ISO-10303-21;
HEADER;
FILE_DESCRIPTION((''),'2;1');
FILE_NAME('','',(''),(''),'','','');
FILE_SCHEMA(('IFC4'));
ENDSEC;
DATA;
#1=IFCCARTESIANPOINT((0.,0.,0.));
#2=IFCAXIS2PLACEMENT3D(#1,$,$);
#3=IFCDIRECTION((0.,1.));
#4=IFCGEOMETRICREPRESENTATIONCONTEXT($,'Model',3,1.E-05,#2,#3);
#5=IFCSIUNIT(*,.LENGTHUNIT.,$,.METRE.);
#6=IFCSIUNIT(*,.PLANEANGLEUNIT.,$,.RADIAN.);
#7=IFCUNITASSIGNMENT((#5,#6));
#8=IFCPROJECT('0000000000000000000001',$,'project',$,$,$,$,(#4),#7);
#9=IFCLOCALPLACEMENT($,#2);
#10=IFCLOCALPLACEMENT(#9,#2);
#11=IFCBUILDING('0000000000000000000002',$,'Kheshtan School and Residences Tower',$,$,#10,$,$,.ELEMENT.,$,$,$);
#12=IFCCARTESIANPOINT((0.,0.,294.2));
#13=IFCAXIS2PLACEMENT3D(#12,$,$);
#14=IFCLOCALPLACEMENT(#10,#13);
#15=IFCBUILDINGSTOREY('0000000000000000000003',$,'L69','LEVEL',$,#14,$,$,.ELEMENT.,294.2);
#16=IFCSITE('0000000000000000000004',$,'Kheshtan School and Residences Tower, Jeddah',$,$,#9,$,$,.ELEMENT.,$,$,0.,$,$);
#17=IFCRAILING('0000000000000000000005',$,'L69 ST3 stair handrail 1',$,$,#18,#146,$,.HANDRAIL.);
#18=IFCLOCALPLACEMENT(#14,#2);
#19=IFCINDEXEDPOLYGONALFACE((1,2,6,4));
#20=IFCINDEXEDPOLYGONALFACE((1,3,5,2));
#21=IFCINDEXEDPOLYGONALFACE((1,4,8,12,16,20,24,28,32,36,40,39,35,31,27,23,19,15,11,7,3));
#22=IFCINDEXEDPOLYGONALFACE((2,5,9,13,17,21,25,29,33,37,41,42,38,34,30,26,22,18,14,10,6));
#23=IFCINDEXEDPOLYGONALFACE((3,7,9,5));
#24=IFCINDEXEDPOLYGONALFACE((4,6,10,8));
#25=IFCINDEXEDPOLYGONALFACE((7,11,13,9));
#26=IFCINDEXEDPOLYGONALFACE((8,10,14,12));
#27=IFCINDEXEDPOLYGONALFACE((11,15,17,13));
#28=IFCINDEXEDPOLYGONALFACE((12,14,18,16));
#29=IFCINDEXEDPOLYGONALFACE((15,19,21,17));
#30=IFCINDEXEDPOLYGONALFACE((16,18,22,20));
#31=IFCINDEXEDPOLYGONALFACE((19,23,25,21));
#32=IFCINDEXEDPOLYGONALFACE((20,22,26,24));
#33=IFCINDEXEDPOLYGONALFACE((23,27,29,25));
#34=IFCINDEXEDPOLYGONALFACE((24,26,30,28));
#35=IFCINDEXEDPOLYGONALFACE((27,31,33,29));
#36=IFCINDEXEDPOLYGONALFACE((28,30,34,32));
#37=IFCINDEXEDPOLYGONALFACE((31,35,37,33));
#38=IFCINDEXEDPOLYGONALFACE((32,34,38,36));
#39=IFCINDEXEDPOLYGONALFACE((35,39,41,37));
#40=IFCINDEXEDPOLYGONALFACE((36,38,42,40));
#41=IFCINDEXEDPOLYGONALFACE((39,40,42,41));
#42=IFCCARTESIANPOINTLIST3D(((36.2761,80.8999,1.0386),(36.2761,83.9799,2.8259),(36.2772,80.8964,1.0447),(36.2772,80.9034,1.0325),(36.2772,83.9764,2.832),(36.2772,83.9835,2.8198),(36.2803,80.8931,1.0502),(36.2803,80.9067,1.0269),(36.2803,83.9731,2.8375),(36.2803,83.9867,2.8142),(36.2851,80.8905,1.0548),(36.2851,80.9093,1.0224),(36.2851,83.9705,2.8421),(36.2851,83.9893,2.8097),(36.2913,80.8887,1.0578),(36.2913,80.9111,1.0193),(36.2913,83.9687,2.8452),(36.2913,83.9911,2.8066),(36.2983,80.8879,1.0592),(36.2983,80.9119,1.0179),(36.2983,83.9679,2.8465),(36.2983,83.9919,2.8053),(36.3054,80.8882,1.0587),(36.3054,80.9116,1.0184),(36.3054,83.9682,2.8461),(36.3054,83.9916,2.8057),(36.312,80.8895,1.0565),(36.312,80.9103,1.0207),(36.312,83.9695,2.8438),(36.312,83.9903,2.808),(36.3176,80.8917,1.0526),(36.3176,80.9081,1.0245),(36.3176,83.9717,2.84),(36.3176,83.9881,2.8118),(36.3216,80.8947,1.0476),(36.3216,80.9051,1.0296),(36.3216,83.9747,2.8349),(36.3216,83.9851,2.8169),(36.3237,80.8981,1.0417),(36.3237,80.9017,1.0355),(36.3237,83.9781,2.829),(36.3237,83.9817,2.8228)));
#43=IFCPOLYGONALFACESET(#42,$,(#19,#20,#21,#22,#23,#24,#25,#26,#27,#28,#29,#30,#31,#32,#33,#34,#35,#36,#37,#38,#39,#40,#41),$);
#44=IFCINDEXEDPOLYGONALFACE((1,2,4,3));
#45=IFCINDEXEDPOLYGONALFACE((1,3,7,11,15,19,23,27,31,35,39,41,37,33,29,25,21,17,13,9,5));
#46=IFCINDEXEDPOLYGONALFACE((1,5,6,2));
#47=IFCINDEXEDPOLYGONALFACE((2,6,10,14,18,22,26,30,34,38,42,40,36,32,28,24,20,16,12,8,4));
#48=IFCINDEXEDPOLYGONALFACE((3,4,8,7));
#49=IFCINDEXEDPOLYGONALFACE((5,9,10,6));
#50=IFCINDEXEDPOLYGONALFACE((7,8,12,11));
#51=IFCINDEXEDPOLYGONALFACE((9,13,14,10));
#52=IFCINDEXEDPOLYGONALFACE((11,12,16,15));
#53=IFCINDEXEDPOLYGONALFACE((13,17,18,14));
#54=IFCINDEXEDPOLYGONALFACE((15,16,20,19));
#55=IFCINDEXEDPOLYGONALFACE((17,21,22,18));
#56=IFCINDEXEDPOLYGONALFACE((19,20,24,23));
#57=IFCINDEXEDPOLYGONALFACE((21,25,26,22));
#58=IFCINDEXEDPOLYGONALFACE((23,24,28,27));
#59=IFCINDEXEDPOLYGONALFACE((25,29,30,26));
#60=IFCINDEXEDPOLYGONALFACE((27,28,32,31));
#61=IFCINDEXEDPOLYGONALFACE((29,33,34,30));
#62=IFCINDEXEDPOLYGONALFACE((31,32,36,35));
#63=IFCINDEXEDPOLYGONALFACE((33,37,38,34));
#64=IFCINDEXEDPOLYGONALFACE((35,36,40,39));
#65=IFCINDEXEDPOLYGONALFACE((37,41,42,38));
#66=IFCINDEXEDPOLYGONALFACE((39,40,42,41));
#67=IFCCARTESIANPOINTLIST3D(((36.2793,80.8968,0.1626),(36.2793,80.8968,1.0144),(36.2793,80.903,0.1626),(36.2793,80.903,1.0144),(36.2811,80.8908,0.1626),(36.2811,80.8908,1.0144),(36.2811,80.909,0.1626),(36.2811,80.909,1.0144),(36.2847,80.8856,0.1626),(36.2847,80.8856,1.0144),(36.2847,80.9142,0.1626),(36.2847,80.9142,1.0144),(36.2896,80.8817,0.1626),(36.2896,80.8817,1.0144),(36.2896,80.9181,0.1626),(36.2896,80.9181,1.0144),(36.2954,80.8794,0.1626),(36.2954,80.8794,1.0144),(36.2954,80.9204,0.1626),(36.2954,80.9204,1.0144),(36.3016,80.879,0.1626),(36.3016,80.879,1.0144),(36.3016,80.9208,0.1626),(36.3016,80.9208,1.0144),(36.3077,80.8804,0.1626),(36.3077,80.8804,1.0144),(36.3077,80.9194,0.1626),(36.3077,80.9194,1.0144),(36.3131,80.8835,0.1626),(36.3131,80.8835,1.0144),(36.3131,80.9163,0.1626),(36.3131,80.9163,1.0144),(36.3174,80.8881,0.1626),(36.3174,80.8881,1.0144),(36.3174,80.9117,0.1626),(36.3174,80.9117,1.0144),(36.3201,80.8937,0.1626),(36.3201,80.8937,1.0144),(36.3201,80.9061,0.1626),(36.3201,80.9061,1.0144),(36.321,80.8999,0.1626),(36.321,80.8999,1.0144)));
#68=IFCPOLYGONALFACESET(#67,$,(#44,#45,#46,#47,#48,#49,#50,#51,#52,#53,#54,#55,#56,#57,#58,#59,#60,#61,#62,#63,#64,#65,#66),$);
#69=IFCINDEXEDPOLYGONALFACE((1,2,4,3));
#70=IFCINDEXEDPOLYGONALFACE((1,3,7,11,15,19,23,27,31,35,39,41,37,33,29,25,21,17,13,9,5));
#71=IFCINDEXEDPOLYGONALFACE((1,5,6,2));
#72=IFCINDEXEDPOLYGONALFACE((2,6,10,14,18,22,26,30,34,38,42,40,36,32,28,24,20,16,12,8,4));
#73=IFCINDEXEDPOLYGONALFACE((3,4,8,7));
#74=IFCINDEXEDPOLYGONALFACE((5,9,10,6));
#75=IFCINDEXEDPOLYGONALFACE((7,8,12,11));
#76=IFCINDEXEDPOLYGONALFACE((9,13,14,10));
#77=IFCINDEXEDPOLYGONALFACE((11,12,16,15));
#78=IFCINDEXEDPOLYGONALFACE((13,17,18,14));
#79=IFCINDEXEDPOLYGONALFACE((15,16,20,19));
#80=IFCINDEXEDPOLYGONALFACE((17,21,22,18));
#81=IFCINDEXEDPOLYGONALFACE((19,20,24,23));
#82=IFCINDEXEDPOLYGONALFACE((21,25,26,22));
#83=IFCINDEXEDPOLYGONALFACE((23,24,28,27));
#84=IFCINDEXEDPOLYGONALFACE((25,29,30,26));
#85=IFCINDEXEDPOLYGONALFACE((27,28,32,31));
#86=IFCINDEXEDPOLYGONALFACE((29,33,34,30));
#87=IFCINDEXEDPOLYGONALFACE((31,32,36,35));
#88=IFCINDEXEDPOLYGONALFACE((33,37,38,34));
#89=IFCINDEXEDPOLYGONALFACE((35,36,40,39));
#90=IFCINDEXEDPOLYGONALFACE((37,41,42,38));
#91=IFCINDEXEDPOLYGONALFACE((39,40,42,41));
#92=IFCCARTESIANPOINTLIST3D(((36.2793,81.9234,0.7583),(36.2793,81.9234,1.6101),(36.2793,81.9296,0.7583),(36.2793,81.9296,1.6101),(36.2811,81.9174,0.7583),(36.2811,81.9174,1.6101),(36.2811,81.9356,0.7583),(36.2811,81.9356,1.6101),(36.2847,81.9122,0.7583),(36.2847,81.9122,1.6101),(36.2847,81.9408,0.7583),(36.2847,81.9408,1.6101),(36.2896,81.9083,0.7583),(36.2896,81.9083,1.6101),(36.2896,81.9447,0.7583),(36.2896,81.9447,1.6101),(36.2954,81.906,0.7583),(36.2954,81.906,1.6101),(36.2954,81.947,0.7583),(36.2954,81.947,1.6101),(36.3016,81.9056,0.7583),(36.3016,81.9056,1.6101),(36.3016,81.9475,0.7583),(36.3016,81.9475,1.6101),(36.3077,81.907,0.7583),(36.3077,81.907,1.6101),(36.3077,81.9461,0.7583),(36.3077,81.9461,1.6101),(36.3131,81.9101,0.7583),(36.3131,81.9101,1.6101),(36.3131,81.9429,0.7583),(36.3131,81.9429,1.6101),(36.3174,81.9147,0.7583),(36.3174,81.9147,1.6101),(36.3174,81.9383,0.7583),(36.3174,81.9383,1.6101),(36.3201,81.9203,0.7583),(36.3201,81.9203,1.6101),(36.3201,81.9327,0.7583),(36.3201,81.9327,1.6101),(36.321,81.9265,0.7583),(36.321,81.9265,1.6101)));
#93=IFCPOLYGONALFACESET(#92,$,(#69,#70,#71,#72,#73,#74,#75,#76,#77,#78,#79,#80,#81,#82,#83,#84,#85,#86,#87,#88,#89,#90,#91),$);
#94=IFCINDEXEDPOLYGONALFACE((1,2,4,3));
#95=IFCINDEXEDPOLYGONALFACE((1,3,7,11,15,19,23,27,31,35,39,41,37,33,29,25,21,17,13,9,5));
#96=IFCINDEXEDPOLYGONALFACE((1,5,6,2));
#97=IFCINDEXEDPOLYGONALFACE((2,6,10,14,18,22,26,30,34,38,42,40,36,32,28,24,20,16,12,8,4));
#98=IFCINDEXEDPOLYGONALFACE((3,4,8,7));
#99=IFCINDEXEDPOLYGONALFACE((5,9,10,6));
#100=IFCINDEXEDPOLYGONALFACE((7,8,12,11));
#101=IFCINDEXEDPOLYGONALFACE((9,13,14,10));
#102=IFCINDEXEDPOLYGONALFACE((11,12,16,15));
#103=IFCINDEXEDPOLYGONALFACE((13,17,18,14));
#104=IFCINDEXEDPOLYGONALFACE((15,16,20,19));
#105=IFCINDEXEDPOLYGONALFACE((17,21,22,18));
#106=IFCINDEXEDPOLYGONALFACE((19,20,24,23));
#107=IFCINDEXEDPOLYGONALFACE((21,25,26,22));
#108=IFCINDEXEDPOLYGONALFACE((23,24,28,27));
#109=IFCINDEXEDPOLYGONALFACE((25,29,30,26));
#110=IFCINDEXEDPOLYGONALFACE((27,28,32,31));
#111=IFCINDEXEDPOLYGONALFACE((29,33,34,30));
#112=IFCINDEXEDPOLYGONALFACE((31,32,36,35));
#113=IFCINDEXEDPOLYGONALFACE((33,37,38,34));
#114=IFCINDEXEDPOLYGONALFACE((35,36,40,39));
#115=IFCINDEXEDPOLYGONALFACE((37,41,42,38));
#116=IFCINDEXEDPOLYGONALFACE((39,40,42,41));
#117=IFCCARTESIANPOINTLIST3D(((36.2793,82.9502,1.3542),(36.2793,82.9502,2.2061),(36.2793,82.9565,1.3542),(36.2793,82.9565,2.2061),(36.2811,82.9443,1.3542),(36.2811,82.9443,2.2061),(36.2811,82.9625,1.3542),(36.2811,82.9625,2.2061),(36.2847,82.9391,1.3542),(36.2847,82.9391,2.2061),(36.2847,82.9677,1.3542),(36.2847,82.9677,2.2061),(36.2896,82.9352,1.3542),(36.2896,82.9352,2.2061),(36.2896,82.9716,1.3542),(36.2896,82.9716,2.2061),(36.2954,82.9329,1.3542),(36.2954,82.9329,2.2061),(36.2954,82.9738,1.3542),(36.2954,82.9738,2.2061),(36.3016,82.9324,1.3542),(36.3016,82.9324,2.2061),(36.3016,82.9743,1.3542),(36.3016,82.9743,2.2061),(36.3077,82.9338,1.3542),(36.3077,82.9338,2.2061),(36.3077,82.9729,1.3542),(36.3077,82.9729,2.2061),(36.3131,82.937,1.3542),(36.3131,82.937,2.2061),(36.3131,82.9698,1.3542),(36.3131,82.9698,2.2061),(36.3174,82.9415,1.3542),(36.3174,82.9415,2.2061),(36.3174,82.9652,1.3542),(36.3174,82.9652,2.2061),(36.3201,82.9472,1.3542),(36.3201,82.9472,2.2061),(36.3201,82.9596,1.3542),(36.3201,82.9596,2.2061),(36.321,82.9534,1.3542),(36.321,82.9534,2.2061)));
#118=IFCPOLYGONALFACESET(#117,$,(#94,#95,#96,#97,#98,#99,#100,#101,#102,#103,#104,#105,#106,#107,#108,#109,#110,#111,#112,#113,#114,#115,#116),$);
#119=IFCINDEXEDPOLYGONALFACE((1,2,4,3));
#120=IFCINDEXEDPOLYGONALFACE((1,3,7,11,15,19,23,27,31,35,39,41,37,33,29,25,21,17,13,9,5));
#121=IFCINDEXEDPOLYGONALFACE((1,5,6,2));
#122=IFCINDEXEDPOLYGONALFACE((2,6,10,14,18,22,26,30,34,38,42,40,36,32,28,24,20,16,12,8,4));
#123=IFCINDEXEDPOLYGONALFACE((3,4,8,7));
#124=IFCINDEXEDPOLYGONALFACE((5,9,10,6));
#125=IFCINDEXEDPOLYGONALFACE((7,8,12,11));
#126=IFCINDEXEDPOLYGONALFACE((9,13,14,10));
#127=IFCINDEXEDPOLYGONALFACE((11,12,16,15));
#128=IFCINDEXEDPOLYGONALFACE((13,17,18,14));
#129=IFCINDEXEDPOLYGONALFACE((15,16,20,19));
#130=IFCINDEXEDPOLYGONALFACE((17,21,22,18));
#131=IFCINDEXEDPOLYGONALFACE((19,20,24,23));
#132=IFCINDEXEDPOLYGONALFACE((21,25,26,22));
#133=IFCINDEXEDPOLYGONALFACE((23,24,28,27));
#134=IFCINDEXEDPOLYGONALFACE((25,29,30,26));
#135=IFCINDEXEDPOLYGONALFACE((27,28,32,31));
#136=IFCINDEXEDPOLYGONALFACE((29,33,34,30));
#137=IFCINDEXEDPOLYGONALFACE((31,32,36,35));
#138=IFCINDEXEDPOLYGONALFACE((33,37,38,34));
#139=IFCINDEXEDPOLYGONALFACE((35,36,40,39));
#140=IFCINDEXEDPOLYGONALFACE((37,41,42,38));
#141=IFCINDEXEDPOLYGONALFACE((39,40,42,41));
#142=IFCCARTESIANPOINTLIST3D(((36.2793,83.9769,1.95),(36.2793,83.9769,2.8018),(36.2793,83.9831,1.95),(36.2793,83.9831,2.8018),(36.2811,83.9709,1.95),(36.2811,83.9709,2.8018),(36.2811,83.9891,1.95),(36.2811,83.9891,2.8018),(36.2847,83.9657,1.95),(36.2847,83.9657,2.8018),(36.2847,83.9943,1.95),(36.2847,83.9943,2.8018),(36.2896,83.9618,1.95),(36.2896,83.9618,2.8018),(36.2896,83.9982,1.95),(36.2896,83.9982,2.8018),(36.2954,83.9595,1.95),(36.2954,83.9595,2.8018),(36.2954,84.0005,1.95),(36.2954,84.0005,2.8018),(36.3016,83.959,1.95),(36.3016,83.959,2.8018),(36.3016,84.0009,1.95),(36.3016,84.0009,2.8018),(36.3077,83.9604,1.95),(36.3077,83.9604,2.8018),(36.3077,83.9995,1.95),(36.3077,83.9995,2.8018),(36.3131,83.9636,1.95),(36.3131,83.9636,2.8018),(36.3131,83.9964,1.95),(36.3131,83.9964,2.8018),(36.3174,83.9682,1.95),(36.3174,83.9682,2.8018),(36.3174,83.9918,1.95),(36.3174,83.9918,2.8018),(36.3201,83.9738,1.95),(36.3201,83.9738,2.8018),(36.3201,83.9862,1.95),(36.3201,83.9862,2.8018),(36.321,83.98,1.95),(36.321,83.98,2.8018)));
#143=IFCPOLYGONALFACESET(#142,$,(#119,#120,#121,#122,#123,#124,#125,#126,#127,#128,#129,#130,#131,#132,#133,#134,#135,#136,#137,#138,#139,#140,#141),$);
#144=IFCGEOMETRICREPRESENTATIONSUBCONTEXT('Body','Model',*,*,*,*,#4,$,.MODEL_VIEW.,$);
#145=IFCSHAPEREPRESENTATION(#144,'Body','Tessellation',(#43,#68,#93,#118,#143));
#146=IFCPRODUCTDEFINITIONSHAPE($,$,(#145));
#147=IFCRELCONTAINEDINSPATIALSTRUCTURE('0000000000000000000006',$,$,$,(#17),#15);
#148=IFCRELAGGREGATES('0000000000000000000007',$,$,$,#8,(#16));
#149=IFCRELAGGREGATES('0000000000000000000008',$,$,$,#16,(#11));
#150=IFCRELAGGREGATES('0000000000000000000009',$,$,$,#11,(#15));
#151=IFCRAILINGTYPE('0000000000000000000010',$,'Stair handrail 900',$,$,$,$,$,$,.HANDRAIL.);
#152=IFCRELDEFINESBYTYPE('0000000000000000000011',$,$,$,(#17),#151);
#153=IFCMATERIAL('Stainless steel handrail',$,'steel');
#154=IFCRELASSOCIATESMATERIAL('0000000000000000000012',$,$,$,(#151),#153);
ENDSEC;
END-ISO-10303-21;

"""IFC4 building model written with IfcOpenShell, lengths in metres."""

from ifc_helpers import new_model, si_unit, direction, frame, origin, origin_2d, place, context, subcontext, project, spatial, circle, extrude, material, type_object, element, save


model = new_model("IFC4")

# Units and contexts
model_context = context("Model", 3, precision=1e-05, world=origin(), true_north=direction((0.0, 1.0)))
body_context = subcontext(model_context, "Body", "Model", "MODEL_VIEW")
ifc_project = project(units=[si_unit("LENGTHUNIT", "METRE"), si_unit("PLANEANGLEUNIT", "RADIAN")], contexts=[model_context])

# Site, building, storey
site_placement = place(None, origin())
site = spatial("IfcSite", under=ifc_project, at=site_placement, Name="Kheshtan School and Residences Tower, Jeddah", CompositionType="ELEMENT", RefElevation=0.0)
building_placement = place(site_placement, origin())
building = spatial("IfcBuilding", under=site, at=building_placement, Name="Kheshtan School and Residences Tower", CompositionType="ELEMENT")
storey_placement = place(building_placement, frame((0.0, 0.0, 294.2)))
storey = spatial("IfcBuildingStorey", under=building, at=storey_placement, Name="L69", Description="LEVEL", CompositionType="ELEMENT", Elevation=294.2)

# Railing
ifc_material_1 = material(Name="Stainless steel handrail", Category="steel")
railing_type_1 = type_object("IfcRailingType", Name="Stair handrail 900", PredefinedType="HANDRAIL", material=ifc_material_1)
railing_1_placement = place(storey_placement, frame((36.3, 80.8999, 0.1626)))
element("IfcRailing", 1, at=railing_1_placement, inside=storey, type_object=railing_type_1, Name="L69 ST3 stair handrail 1", PredefinedType="HANDRAIL", context=body_context, shape_type="SweptSolid", body=[
    extrude(circle(Radius=0.0239, at=origin_2d()), frame((0.0, 0.0, 0.876), z_axis=(0.0, 0.86492, 0.501909), x_axis=(-1.0, 0.0, 0.0)), (0.0, 0.0, 1.0), 3.561),
    extrude(circle(Radius=0.021, at=origin_2d()), origin(), (0.0, 0.0, 1.0), 0.8518),
    extrude(circle(Radius=0.021, at=origin_2d()), frame((0.0, 1.0266, 0.5957)), (0.0, 0.0, 1.0), 0.8518),
    extrude(circle(Radius=0.021, at=origin_2d()), frame((0.0, 2.0535, 1.1917)), (0.0, 0.0, 1.0), 0.8518),
    extrude(circle(Radius=0.021, at=origin_2d()), frame((0.0, 3.0801, 1.7874)), (0.0, 0.0, 1.0), 0.8518),
])

save(model, "model.ifc")
